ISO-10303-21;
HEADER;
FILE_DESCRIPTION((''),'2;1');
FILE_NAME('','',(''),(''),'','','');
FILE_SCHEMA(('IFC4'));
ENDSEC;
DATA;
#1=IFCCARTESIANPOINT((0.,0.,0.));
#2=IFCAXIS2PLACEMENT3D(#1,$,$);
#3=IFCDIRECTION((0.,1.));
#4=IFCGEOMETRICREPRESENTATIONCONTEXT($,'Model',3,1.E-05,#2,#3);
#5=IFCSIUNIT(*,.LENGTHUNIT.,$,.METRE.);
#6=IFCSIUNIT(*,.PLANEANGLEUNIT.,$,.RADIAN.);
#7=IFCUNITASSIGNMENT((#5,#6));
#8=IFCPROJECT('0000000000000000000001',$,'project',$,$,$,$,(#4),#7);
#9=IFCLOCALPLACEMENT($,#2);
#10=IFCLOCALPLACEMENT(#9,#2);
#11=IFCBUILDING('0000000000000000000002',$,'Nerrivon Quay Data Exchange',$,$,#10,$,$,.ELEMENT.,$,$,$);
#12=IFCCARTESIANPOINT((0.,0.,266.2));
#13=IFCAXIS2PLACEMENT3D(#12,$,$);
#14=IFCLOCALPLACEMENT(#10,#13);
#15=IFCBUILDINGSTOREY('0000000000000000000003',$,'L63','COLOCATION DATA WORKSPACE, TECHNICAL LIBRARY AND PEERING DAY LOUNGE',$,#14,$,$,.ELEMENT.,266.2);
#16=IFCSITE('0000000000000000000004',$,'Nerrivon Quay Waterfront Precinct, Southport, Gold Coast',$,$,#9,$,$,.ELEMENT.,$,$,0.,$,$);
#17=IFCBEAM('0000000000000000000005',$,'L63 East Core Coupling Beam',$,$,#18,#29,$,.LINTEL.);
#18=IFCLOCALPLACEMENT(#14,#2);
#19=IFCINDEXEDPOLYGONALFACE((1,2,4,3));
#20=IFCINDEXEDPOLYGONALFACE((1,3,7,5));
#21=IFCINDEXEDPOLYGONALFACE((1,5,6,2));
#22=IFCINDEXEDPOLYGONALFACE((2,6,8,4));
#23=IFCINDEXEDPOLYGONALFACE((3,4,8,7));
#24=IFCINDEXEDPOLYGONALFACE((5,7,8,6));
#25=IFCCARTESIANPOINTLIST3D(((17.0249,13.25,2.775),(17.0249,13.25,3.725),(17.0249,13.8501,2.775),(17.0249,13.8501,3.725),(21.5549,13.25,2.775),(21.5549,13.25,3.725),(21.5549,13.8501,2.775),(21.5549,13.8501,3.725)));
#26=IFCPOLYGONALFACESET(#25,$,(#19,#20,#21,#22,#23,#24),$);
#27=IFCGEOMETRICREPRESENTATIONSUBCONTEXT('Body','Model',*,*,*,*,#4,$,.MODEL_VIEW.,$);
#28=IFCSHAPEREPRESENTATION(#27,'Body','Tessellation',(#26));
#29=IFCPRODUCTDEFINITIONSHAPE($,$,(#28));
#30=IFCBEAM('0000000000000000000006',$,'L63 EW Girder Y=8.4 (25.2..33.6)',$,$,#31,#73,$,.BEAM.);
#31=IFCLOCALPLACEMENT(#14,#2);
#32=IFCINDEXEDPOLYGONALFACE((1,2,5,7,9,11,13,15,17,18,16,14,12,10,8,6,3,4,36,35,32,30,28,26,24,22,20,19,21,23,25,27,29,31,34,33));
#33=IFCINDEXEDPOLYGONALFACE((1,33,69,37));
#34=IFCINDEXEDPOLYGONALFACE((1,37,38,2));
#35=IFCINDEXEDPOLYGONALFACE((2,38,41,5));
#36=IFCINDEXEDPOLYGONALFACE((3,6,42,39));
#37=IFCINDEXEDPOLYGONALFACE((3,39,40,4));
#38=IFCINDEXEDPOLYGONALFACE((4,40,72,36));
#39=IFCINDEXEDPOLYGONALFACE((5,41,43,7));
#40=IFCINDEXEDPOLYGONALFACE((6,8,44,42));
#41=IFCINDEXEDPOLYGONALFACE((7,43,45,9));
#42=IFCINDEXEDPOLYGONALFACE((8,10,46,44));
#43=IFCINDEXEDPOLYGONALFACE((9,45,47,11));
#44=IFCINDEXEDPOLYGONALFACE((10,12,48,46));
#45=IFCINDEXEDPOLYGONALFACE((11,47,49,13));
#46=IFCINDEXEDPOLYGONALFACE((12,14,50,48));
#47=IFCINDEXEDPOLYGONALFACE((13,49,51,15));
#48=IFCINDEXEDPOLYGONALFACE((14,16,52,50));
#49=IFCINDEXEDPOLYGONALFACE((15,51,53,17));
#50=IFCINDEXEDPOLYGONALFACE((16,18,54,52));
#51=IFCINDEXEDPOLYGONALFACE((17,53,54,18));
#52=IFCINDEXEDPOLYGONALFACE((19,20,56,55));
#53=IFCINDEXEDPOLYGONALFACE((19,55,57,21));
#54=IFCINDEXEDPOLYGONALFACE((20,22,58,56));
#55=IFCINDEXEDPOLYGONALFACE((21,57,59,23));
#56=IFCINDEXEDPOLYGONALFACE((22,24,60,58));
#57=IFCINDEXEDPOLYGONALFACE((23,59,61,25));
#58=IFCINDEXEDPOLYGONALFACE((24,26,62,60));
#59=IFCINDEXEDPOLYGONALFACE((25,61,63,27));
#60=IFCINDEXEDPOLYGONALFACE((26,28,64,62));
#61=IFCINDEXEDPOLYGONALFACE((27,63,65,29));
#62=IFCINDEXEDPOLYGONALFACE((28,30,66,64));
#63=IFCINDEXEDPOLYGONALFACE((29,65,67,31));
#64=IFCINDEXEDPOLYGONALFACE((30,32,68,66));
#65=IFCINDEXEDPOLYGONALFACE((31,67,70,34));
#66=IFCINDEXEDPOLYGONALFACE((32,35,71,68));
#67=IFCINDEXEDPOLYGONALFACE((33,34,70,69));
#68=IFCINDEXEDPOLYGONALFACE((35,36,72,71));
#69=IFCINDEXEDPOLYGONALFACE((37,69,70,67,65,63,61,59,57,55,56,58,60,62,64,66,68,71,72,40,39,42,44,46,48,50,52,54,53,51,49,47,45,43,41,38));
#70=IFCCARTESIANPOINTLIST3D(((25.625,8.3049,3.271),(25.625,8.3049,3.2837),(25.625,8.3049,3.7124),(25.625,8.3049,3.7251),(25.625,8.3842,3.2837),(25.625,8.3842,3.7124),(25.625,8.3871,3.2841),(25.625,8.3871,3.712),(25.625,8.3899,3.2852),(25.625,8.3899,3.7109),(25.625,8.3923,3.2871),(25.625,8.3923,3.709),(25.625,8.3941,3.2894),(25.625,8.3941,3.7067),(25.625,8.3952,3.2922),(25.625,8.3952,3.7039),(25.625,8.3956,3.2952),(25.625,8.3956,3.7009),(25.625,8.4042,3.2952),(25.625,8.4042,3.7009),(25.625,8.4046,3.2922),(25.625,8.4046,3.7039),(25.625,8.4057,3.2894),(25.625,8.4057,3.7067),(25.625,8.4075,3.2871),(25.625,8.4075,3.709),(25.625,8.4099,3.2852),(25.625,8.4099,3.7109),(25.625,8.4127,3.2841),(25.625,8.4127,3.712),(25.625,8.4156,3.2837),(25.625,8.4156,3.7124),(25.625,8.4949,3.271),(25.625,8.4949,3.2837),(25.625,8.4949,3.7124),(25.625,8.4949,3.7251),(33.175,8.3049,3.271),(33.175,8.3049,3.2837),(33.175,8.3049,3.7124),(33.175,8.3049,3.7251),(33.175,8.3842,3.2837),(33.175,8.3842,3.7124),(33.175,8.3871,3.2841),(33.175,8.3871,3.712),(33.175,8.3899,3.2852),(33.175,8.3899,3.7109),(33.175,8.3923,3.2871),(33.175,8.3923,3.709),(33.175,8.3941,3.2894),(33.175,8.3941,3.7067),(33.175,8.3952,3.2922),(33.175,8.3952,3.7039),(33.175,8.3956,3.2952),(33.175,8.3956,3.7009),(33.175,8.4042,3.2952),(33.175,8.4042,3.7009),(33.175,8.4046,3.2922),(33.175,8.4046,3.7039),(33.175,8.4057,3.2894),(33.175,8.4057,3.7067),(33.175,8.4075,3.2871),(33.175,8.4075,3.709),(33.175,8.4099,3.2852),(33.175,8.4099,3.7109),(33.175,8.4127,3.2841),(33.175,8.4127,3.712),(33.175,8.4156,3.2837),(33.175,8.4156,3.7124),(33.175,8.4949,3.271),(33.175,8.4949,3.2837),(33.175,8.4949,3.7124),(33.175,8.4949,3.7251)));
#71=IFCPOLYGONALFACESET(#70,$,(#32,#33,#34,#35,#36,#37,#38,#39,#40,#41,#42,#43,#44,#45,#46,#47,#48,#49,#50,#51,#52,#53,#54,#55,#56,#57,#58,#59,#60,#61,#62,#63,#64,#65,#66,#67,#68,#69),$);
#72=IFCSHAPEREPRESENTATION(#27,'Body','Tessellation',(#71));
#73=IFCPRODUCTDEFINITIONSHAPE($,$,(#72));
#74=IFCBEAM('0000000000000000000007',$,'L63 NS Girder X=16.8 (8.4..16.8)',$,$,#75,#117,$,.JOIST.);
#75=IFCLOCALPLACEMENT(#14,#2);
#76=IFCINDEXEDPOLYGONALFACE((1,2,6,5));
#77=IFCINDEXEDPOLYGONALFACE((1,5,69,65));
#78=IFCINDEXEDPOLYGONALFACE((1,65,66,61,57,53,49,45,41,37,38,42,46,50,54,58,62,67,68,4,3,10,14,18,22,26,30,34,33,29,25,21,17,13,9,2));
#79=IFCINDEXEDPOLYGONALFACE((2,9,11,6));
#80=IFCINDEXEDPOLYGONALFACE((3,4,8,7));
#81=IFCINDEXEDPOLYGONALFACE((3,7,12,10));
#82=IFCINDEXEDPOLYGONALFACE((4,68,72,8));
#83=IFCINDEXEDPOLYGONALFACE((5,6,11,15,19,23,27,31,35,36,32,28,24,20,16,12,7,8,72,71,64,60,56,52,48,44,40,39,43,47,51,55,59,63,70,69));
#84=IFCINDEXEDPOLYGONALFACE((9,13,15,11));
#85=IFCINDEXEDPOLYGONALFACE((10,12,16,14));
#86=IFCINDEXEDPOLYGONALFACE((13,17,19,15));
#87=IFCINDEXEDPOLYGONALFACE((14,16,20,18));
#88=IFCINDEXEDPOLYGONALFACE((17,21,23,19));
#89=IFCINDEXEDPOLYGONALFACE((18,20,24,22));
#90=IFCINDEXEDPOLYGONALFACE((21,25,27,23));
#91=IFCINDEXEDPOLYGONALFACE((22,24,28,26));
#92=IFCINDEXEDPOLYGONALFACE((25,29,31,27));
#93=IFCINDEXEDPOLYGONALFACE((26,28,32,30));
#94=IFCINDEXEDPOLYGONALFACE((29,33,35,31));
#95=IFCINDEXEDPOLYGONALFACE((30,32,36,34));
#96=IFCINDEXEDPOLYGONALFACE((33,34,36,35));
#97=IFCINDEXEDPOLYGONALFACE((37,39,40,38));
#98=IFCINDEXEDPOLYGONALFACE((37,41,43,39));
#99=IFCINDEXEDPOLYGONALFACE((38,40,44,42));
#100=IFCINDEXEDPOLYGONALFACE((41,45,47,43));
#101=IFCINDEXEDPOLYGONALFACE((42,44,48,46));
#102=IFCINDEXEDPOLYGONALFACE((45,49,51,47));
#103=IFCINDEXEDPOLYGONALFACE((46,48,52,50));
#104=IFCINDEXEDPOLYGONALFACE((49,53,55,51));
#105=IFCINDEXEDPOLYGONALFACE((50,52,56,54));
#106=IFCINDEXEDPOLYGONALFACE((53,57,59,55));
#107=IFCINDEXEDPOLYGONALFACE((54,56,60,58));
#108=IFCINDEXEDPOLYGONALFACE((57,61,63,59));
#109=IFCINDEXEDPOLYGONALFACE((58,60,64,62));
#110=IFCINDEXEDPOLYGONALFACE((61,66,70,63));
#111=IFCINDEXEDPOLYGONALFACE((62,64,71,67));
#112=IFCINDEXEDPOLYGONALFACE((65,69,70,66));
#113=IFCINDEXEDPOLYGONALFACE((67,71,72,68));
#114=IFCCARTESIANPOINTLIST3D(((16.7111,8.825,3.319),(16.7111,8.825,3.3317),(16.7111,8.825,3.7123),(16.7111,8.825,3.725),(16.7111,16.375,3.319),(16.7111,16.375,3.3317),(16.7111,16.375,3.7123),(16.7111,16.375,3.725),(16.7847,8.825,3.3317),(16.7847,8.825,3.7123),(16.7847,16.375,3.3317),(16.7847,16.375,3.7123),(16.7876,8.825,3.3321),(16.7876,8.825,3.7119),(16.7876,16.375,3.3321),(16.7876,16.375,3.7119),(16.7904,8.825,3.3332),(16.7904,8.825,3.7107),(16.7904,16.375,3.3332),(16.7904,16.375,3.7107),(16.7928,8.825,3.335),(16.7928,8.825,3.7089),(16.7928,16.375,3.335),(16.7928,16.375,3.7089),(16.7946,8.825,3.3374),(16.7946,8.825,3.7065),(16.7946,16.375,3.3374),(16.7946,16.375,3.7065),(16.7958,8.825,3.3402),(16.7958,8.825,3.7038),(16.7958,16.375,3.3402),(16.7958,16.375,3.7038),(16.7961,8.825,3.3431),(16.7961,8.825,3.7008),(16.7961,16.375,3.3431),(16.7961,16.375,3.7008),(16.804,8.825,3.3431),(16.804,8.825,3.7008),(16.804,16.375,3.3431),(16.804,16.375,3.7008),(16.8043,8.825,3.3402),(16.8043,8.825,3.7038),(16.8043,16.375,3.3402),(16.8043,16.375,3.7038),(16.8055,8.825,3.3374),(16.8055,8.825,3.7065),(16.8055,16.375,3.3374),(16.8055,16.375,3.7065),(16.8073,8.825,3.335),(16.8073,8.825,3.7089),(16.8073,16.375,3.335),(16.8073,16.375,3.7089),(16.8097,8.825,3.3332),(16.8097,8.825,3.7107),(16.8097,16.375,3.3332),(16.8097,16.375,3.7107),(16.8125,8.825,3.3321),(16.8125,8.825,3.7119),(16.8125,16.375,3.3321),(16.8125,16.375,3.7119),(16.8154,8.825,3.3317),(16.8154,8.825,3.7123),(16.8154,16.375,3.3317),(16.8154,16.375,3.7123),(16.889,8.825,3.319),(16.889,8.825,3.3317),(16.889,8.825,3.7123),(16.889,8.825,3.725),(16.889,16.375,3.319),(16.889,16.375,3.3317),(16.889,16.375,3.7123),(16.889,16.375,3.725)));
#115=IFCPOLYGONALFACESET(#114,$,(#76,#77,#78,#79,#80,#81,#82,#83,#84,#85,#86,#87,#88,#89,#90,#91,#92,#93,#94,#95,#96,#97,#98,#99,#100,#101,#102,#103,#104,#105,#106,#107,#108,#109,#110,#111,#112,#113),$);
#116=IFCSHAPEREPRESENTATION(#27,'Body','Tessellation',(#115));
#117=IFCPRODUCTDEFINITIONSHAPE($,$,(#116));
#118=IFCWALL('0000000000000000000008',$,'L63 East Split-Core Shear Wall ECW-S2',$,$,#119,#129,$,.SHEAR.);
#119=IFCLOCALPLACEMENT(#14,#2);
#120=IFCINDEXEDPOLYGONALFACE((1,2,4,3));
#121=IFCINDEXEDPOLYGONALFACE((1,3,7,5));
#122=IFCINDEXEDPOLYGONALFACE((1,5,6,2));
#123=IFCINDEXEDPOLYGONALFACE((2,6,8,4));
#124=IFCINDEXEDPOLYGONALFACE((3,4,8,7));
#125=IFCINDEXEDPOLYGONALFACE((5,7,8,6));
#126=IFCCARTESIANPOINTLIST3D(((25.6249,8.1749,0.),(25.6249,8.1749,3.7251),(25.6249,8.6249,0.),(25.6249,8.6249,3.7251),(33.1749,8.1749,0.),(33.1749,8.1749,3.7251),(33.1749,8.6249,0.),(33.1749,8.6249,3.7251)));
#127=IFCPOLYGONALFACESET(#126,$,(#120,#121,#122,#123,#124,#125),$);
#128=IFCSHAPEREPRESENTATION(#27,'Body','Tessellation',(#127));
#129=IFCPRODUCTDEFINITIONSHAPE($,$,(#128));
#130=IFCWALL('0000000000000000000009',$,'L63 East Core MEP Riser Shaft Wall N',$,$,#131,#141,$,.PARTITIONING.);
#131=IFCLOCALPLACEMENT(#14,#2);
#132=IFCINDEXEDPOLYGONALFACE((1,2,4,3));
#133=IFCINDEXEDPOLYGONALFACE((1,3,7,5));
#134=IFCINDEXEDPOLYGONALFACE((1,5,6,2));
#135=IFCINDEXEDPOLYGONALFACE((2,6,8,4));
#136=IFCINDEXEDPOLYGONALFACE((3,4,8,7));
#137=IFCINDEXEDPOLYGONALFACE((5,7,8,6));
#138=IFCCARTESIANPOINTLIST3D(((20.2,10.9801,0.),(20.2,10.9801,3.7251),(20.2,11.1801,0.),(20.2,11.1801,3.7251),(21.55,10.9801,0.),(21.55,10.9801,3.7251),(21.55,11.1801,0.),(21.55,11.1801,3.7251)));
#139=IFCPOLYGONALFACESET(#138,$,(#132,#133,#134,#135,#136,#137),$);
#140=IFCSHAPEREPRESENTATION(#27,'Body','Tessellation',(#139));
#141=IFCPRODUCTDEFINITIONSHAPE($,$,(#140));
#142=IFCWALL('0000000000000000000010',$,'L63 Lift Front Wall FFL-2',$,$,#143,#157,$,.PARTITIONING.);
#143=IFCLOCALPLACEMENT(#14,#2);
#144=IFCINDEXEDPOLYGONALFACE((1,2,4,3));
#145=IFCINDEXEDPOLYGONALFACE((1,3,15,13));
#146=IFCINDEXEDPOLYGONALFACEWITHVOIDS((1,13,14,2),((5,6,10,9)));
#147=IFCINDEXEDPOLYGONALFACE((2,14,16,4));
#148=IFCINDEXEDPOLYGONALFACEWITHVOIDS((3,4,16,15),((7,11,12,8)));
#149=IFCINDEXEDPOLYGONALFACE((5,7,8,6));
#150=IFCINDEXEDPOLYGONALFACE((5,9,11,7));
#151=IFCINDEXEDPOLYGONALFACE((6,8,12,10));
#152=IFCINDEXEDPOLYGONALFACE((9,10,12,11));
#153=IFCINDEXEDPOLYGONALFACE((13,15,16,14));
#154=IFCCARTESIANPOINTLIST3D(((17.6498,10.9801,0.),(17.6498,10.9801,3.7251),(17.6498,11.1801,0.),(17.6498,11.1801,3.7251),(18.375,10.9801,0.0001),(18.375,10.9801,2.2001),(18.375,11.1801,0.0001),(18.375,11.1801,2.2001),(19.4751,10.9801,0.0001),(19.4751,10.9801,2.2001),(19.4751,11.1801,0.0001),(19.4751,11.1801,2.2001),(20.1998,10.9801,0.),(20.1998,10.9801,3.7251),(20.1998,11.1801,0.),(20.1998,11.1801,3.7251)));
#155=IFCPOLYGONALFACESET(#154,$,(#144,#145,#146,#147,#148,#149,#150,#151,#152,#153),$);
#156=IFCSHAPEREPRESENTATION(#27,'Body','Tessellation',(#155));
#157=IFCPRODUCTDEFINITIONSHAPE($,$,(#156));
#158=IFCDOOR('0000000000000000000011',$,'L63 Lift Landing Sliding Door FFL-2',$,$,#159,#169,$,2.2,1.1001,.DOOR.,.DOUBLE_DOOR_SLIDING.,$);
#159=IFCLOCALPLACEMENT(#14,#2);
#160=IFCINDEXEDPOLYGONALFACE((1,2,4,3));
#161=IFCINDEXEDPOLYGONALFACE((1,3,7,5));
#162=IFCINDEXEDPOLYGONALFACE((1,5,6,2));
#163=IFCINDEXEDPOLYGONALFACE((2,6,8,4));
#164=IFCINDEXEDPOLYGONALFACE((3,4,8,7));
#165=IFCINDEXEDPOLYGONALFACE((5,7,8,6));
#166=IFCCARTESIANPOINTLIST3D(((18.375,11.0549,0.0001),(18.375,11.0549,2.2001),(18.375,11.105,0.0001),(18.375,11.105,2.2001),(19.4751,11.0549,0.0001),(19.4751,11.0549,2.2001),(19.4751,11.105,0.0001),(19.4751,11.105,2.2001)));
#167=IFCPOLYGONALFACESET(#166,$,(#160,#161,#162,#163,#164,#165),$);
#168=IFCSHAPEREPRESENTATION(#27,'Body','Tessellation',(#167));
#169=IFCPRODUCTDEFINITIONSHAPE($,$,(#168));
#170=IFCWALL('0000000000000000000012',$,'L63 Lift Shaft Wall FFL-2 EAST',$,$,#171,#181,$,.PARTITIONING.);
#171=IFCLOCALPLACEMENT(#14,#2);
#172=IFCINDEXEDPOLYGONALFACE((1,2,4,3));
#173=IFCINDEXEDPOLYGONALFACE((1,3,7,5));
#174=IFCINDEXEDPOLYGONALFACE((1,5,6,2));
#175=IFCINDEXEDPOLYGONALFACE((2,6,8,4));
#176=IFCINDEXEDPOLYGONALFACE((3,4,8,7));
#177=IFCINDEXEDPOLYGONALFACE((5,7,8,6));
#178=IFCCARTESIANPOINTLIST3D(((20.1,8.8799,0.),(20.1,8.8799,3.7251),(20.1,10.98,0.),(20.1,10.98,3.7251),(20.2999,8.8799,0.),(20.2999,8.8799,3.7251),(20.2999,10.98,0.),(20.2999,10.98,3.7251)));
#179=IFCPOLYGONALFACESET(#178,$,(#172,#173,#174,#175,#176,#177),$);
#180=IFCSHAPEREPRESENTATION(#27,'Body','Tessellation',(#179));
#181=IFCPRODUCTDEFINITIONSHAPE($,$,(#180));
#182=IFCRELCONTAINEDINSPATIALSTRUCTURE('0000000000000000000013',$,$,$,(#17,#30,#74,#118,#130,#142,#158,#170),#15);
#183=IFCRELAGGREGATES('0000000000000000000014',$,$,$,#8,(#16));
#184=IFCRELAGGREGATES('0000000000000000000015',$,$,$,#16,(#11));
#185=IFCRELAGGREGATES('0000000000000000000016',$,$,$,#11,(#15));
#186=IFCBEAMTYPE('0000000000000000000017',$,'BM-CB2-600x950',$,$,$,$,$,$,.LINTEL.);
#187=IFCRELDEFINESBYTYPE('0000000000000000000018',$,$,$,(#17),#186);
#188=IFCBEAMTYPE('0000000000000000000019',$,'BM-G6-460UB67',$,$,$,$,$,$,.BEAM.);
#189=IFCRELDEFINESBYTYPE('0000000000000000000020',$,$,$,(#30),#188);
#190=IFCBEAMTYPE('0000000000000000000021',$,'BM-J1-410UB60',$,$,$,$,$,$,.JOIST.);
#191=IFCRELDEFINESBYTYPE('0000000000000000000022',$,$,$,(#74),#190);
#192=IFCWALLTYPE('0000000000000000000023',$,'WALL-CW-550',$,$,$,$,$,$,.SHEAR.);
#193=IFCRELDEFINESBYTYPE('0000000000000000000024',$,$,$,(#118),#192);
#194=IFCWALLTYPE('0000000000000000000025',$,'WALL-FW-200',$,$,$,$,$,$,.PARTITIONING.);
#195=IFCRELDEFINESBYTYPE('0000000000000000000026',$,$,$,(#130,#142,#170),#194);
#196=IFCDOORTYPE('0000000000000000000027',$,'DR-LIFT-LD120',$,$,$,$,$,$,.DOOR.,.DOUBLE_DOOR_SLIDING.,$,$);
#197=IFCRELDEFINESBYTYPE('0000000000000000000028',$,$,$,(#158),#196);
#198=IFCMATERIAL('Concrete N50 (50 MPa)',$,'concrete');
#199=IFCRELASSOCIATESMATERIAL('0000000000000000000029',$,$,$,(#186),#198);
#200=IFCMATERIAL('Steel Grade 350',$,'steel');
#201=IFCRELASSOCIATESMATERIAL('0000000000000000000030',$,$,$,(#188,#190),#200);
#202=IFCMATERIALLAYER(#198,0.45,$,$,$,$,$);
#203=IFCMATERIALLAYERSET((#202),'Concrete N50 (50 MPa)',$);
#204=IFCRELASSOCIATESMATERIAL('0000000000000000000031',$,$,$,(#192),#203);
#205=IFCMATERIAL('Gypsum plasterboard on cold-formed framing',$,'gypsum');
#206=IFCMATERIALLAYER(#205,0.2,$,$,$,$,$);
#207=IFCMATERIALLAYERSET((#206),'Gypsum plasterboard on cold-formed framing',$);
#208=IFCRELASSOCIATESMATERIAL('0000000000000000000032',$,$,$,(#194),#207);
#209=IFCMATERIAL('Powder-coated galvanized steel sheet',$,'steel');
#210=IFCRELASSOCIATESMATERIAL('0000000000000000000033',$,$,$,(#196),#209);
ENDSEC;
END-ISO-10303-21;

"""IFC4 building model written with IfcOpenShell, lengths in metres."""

from ifc_helpers import new_model, si_unit, direction, frame, frame_2d, origin, origin_2d, place, context, subcontext, project, spatial, rectangle, i_section, extrude, material, layer, layer_set, material_profile, profile_set, type_object, element, fill, save


model = new_model("IFC4")

# Units and contexts
model_context = context("Model", 3, precision=1e-05, world=origin(), true_north=direction((0.0, 1.0)))
body_context = subcontext(model_context, "Body", "Model", "MODEL_VIEW")
ifc_project = project(units=[si_unit("LENGTHUNIT", "METRE"), si_unit("PLANEANGLEUNIT", "RADIAN")], contexts=[model_context])

# Site, building, storey
site_placement = place(None, origin())
site = spatial("IfcSite", under=ifc_project, at=site_placement, Name="Nerrivon Quay Waterfront Precinct, Southport, Gold Coast", CompositionType="ELEMENT", RefElevation=0.0)
building_placement = place(site_placement, origin())
building = spatial("IfcBuilding", under=site, at=building_placement, Name="Nerrivon Quay Data Exchange", CompositionType="ELEMENT")
storey_placement = place(building_placement, frame((0.0, 0.0, 266.2)))
storey = spatial("IfcBuildingStorey", under=building, at=storey_placement, Name="L63", Description="COLOCATION DATA WORKSPACE, TECHNICAL LIBRARY AND PEERING DAY LOUNGE", CompositionType="ELEMENT", Elevation=266.2)

# Beams
ifc_material_1 = material(Name="Concrete N50 (50 MPa)", Category="concrete")
ifc_material_profile_1 = material_profile(ifc_material_1, rectangle(XDim=0.6001, YDim=0.95, at=origin_2d()), Name="RC-CB-600x950")
ifc_profile_set_1 = profile_set([ifc_material_profile_1], Name="Concrete N50 (50 MPa)")
beam_type_1 = type_object("IfcBeamType", Name="BM-CB2-600x950", PredefinedType="LINTEL", material=ifc_profile_set_1)
beam_1_placement = place(storey_placement, frame((17.0249, 13.55, 3.25), z_axis=(1.0, 0.0, 0.0), x_axis=(0.0, 1.0, 0.0)))
element("IfcBeam", 1, at=beam_1_placement, inside=storey, type_object=beam_type_1, Name="L63 East Core Coupling Beam", PredefinedType="LINTEL", context=body_context, shape_type="SweptSolid", body=[
    extrude(rectangle(XDim=0.6001, YDim=0.95, at=origin_2d()), origin(), (0.0, 0.0, 1.0), 4.53),
])
ifc_material_2 = material(Name="Steel Grade 350", Category="steel")
ifc_material_profile_2 = material_profile(ifc_material_2, i_section(OverallWidth=0.1899, OverallDepth=0.4541, WebThickness=0.0085, FlangeThickness=0.0127, FilletRadius=0.0115, at=origin_2d()), Name="460UB67.1")
ifc_profile_set_2 = profile_set([ifc_material_profile_2], Name="Steel Grade 350")
beam_type_2 = type_object("IfcBeamType", Name="BM-G6-460UB67", PredefinedType="BEAM", material=ifc_profile_set_2)
beam_2_placement = place(storey_placement, frame((25.625, 8.3999, 3.498), z_axis=(1.0, 0.0, 0.0), x_axis=(0.0, 1.0, 0.0)))
element("IfcBeam", 2, at=beam_2_placement, inside=storey, type_object=beam_type_2, Name="L63 EW Girder Y=8.4 (25.2..33.6)", PredefinedType="BEAM", context=body_context, shape_type="SweptSolid", body=[
    extrude(i_section(OverallWidth=0.1899, OverallDepth=0.4541, WebThickness=0.0085, FlangeThickness=0.0127, FilletRadius=0.0115, at=origin_2d()), origin(), (0.0, 0.0, 1.0), 7.55),
])
ifc_material_profile_3 = material_profile(ifc_material_2, i_section(OverallWidth=0.178, OverallDepth=0.406, WebThickness=0.0078, FlangeThickness=0.0127, FilletRadius=0.0115, at=origin_2d()), Name="410UB59.7")
ifc_profile_set_3 = profile_set([ifc_material_profile_3], Name="Steel Grade 350")
beam_type_3 = type_object("IfcBeamType", Name="BM-J1-410UB60", PredefinedType="JOIST", material=ifc_profile_set_3)
beam_3_placement = place(storey_placement, frame((16.8, 8.825, 3.522), z_axis=(0.0, 1.0, 0.0), x_axis=(-1.0, 0.0, 0.0)))
element("IfcBeam", 3, at=beam_3_placement, inside=storey, type_object=beam_type_3, Name="L63 NS Girder X=16.8 (8.4..16.8)", PredefinedType="JOIST", context=body_context, shape_type="SweptSolid", body=[
    extrude(i_section(OverallWidth=0.178, OverallDepth=0.406, WebThickness=0.0078, FlangeThickness=0.0127, FilletRadius=0.0115, at=origin_2d()), origin(), (0.0, 0.0, 1.0), 7.55),
])

# Wall
ifc_layer_1 = layer(ifc_material_1, 0.45)
ifc_layer_set_1 = layer_set([ifc_layer_1], Name="Concrete N50 (50 MPa)")
wall_type_1 = type_object("IfcWallType", Name="WALL-CW-550", PredefinedType="SHEAR", material=ifc_layer_set_1)
wall_1_placement = place(storey_placement, frame((25.625, 8.3999, 0.0), z_axis=(0.0, 0.0, 1.0), x_axis=(1.0, 0.0, 0.0)))
element("IfcWall", 4, at=wall_1_placement, inside=storey, type_object=wall_type_1, Name="L63 East Split-Core Shear Wall ECW-S2", PredefinedType="SHEAR", context=body_context, shape_type="SweptSolid", body=[
    extrude(rectangle(XDim=7.55, YDim=0.45, at=frame_2d((3.7749, 0.0))), origin(), (0.0, 0.0, 1.0), 3.7251),
])

# Shared definitions
ifc_material_3 = material(Name="Powder-coated galvanized steel sheet", Category="steel")

# Wall
ifc_material_4 = material(Name="Gypsum plasterboard on cold-formed framing", Category="gypsum")
ifc_layer_2 = layer(ifc_material_4, 0.2)
ifc_layer_set_2 = layer_set([ifc_layer_2], Name="Gypsum plasterboard on cold-formed framing")
wall_type_2 = type_object("IfcWallType", Name="WALL-FW-200", PredefinedType="PARTITIONING", material=ifc_layer_set_2)
wall_2_placement = place(storey_placement, frame((20.2, 11.0801, 0.0), z_axis=(0.0, 0.0, 1.0), x_axis=(1.0, 0.0, 0.0)))
element("IfcWall", 5, at=wall_2_placement, inside=storey, type_object=wall_type_2, Name="L63 East Core MEP Riser Shaft Wall N", PredefinedType="PARTITIONING", context=body_context, shape_type="SweptSolid", body=[
    extrude(rectangle(XDim=1.3501, YDim=0.2, at=frame_2d((0.675, 0.0))), origin(), (0.0, 0.0, 1.0), 3.7251),
])

# Wall, opening, door
wall_3_placement = place(storey_placement, frame((17.6499, 11.0801, 0.0), z_axis=(0.0, 0.0, 1.0), x_axis=(1.0, 0.0, 0.0)))
wall_3 = element("IfcWall", 6, at=wall_3_placement, inside=storey, type_object=wall_type_2, Name="L63 Lift Front Wall FFL-2", PredefinedType="PARTITIONING", context=body_context, shape_type="SweptSolid", body=[
    extrude(rectangle(XDim=2.55, YDim=0.2, at=frame_2d((1.2749, 0.0))), origin(), (0.0, 0.0, 1.0), 3.7251),
])
opening_1_placement = place(wall_3_placement, frame((0.7251, 0.0, 0.0)))
opening_1 = element("IfcOpeningElement", 7, at=opening_1_placement, cuts=wall_3, PredefinedType="OPENING", context=body_context, shape_type="SweptSolid", body=[
    extrude(rectangle(XDim=1.1001, YDim=2.2, at=frame_2d((0.55, 1.1001))), frame((0.0, 0.1099, 0.0), z_axis=(0.0, -1.0, 0.0), x_axis=(1.0, 0.0, 0.0)), (0.0, 0.0, 1.0), 0.22),
])
door_type_1 = type_object("IfcDoorType", Name="DR-LIFT-LD120", OperationType="DOUBLE_DOOR_SLIDING", PredefinedType="DOOR", material=ifc_material_3)
door_1_placement = place(opening_1_placement, origin())
door_1 = element("IfcDoor", 8, at=door_1_placement, inside=storey, type_object=door_type_1, Name="L63 Lift Landing Sliding Door FFL-2", OperationType="DOUBLE_DOOR_SLIDING", OverallHeight=2.2, OverallWidth=1.1001, PredefinedType="DOOR", context=body_context, shape_type="SweptSolid", body=[
    extrude(rectangle(XDim=1.1001, YDim=2.2, at=frame_2d((0.55, 1.1001))), frame((0.0, 0.0249, 0.0), z_axis=(0.0, -1.0, 0.0), x_axis=(1.0, 0.0, 0.0)), (0.0, 0.0, 1.0), 0.05),
])
fill(opening_1, door_1)

# Wall
for number, where, z_axis, x_axis, name in (
    (9, (20.2, 8.8799, 0.0), (0.0, 0.0, 1.0), (0.0, 1.0, 0.0), "L63 Lift Shaft Wall FFL-2 EAST"),
):
    element("IfcWall", number, at=place(storey_placement, frame(where, z_axis=z_axis, x_axis=x_axis)), inside=storey, type_object=wall_type_2, Name=name, PredefinedType="PARTITIONING", context=body_context, shape_type="SweptSolid", body=[
        extrude(rectangle(XDim=2.1001, YDim=0.2, at=frame_2d((1.05, 0.0))), origin(), (0.0, 0.0, 1.0), 3.7251),
    ])

save(model, "model.ifc")
